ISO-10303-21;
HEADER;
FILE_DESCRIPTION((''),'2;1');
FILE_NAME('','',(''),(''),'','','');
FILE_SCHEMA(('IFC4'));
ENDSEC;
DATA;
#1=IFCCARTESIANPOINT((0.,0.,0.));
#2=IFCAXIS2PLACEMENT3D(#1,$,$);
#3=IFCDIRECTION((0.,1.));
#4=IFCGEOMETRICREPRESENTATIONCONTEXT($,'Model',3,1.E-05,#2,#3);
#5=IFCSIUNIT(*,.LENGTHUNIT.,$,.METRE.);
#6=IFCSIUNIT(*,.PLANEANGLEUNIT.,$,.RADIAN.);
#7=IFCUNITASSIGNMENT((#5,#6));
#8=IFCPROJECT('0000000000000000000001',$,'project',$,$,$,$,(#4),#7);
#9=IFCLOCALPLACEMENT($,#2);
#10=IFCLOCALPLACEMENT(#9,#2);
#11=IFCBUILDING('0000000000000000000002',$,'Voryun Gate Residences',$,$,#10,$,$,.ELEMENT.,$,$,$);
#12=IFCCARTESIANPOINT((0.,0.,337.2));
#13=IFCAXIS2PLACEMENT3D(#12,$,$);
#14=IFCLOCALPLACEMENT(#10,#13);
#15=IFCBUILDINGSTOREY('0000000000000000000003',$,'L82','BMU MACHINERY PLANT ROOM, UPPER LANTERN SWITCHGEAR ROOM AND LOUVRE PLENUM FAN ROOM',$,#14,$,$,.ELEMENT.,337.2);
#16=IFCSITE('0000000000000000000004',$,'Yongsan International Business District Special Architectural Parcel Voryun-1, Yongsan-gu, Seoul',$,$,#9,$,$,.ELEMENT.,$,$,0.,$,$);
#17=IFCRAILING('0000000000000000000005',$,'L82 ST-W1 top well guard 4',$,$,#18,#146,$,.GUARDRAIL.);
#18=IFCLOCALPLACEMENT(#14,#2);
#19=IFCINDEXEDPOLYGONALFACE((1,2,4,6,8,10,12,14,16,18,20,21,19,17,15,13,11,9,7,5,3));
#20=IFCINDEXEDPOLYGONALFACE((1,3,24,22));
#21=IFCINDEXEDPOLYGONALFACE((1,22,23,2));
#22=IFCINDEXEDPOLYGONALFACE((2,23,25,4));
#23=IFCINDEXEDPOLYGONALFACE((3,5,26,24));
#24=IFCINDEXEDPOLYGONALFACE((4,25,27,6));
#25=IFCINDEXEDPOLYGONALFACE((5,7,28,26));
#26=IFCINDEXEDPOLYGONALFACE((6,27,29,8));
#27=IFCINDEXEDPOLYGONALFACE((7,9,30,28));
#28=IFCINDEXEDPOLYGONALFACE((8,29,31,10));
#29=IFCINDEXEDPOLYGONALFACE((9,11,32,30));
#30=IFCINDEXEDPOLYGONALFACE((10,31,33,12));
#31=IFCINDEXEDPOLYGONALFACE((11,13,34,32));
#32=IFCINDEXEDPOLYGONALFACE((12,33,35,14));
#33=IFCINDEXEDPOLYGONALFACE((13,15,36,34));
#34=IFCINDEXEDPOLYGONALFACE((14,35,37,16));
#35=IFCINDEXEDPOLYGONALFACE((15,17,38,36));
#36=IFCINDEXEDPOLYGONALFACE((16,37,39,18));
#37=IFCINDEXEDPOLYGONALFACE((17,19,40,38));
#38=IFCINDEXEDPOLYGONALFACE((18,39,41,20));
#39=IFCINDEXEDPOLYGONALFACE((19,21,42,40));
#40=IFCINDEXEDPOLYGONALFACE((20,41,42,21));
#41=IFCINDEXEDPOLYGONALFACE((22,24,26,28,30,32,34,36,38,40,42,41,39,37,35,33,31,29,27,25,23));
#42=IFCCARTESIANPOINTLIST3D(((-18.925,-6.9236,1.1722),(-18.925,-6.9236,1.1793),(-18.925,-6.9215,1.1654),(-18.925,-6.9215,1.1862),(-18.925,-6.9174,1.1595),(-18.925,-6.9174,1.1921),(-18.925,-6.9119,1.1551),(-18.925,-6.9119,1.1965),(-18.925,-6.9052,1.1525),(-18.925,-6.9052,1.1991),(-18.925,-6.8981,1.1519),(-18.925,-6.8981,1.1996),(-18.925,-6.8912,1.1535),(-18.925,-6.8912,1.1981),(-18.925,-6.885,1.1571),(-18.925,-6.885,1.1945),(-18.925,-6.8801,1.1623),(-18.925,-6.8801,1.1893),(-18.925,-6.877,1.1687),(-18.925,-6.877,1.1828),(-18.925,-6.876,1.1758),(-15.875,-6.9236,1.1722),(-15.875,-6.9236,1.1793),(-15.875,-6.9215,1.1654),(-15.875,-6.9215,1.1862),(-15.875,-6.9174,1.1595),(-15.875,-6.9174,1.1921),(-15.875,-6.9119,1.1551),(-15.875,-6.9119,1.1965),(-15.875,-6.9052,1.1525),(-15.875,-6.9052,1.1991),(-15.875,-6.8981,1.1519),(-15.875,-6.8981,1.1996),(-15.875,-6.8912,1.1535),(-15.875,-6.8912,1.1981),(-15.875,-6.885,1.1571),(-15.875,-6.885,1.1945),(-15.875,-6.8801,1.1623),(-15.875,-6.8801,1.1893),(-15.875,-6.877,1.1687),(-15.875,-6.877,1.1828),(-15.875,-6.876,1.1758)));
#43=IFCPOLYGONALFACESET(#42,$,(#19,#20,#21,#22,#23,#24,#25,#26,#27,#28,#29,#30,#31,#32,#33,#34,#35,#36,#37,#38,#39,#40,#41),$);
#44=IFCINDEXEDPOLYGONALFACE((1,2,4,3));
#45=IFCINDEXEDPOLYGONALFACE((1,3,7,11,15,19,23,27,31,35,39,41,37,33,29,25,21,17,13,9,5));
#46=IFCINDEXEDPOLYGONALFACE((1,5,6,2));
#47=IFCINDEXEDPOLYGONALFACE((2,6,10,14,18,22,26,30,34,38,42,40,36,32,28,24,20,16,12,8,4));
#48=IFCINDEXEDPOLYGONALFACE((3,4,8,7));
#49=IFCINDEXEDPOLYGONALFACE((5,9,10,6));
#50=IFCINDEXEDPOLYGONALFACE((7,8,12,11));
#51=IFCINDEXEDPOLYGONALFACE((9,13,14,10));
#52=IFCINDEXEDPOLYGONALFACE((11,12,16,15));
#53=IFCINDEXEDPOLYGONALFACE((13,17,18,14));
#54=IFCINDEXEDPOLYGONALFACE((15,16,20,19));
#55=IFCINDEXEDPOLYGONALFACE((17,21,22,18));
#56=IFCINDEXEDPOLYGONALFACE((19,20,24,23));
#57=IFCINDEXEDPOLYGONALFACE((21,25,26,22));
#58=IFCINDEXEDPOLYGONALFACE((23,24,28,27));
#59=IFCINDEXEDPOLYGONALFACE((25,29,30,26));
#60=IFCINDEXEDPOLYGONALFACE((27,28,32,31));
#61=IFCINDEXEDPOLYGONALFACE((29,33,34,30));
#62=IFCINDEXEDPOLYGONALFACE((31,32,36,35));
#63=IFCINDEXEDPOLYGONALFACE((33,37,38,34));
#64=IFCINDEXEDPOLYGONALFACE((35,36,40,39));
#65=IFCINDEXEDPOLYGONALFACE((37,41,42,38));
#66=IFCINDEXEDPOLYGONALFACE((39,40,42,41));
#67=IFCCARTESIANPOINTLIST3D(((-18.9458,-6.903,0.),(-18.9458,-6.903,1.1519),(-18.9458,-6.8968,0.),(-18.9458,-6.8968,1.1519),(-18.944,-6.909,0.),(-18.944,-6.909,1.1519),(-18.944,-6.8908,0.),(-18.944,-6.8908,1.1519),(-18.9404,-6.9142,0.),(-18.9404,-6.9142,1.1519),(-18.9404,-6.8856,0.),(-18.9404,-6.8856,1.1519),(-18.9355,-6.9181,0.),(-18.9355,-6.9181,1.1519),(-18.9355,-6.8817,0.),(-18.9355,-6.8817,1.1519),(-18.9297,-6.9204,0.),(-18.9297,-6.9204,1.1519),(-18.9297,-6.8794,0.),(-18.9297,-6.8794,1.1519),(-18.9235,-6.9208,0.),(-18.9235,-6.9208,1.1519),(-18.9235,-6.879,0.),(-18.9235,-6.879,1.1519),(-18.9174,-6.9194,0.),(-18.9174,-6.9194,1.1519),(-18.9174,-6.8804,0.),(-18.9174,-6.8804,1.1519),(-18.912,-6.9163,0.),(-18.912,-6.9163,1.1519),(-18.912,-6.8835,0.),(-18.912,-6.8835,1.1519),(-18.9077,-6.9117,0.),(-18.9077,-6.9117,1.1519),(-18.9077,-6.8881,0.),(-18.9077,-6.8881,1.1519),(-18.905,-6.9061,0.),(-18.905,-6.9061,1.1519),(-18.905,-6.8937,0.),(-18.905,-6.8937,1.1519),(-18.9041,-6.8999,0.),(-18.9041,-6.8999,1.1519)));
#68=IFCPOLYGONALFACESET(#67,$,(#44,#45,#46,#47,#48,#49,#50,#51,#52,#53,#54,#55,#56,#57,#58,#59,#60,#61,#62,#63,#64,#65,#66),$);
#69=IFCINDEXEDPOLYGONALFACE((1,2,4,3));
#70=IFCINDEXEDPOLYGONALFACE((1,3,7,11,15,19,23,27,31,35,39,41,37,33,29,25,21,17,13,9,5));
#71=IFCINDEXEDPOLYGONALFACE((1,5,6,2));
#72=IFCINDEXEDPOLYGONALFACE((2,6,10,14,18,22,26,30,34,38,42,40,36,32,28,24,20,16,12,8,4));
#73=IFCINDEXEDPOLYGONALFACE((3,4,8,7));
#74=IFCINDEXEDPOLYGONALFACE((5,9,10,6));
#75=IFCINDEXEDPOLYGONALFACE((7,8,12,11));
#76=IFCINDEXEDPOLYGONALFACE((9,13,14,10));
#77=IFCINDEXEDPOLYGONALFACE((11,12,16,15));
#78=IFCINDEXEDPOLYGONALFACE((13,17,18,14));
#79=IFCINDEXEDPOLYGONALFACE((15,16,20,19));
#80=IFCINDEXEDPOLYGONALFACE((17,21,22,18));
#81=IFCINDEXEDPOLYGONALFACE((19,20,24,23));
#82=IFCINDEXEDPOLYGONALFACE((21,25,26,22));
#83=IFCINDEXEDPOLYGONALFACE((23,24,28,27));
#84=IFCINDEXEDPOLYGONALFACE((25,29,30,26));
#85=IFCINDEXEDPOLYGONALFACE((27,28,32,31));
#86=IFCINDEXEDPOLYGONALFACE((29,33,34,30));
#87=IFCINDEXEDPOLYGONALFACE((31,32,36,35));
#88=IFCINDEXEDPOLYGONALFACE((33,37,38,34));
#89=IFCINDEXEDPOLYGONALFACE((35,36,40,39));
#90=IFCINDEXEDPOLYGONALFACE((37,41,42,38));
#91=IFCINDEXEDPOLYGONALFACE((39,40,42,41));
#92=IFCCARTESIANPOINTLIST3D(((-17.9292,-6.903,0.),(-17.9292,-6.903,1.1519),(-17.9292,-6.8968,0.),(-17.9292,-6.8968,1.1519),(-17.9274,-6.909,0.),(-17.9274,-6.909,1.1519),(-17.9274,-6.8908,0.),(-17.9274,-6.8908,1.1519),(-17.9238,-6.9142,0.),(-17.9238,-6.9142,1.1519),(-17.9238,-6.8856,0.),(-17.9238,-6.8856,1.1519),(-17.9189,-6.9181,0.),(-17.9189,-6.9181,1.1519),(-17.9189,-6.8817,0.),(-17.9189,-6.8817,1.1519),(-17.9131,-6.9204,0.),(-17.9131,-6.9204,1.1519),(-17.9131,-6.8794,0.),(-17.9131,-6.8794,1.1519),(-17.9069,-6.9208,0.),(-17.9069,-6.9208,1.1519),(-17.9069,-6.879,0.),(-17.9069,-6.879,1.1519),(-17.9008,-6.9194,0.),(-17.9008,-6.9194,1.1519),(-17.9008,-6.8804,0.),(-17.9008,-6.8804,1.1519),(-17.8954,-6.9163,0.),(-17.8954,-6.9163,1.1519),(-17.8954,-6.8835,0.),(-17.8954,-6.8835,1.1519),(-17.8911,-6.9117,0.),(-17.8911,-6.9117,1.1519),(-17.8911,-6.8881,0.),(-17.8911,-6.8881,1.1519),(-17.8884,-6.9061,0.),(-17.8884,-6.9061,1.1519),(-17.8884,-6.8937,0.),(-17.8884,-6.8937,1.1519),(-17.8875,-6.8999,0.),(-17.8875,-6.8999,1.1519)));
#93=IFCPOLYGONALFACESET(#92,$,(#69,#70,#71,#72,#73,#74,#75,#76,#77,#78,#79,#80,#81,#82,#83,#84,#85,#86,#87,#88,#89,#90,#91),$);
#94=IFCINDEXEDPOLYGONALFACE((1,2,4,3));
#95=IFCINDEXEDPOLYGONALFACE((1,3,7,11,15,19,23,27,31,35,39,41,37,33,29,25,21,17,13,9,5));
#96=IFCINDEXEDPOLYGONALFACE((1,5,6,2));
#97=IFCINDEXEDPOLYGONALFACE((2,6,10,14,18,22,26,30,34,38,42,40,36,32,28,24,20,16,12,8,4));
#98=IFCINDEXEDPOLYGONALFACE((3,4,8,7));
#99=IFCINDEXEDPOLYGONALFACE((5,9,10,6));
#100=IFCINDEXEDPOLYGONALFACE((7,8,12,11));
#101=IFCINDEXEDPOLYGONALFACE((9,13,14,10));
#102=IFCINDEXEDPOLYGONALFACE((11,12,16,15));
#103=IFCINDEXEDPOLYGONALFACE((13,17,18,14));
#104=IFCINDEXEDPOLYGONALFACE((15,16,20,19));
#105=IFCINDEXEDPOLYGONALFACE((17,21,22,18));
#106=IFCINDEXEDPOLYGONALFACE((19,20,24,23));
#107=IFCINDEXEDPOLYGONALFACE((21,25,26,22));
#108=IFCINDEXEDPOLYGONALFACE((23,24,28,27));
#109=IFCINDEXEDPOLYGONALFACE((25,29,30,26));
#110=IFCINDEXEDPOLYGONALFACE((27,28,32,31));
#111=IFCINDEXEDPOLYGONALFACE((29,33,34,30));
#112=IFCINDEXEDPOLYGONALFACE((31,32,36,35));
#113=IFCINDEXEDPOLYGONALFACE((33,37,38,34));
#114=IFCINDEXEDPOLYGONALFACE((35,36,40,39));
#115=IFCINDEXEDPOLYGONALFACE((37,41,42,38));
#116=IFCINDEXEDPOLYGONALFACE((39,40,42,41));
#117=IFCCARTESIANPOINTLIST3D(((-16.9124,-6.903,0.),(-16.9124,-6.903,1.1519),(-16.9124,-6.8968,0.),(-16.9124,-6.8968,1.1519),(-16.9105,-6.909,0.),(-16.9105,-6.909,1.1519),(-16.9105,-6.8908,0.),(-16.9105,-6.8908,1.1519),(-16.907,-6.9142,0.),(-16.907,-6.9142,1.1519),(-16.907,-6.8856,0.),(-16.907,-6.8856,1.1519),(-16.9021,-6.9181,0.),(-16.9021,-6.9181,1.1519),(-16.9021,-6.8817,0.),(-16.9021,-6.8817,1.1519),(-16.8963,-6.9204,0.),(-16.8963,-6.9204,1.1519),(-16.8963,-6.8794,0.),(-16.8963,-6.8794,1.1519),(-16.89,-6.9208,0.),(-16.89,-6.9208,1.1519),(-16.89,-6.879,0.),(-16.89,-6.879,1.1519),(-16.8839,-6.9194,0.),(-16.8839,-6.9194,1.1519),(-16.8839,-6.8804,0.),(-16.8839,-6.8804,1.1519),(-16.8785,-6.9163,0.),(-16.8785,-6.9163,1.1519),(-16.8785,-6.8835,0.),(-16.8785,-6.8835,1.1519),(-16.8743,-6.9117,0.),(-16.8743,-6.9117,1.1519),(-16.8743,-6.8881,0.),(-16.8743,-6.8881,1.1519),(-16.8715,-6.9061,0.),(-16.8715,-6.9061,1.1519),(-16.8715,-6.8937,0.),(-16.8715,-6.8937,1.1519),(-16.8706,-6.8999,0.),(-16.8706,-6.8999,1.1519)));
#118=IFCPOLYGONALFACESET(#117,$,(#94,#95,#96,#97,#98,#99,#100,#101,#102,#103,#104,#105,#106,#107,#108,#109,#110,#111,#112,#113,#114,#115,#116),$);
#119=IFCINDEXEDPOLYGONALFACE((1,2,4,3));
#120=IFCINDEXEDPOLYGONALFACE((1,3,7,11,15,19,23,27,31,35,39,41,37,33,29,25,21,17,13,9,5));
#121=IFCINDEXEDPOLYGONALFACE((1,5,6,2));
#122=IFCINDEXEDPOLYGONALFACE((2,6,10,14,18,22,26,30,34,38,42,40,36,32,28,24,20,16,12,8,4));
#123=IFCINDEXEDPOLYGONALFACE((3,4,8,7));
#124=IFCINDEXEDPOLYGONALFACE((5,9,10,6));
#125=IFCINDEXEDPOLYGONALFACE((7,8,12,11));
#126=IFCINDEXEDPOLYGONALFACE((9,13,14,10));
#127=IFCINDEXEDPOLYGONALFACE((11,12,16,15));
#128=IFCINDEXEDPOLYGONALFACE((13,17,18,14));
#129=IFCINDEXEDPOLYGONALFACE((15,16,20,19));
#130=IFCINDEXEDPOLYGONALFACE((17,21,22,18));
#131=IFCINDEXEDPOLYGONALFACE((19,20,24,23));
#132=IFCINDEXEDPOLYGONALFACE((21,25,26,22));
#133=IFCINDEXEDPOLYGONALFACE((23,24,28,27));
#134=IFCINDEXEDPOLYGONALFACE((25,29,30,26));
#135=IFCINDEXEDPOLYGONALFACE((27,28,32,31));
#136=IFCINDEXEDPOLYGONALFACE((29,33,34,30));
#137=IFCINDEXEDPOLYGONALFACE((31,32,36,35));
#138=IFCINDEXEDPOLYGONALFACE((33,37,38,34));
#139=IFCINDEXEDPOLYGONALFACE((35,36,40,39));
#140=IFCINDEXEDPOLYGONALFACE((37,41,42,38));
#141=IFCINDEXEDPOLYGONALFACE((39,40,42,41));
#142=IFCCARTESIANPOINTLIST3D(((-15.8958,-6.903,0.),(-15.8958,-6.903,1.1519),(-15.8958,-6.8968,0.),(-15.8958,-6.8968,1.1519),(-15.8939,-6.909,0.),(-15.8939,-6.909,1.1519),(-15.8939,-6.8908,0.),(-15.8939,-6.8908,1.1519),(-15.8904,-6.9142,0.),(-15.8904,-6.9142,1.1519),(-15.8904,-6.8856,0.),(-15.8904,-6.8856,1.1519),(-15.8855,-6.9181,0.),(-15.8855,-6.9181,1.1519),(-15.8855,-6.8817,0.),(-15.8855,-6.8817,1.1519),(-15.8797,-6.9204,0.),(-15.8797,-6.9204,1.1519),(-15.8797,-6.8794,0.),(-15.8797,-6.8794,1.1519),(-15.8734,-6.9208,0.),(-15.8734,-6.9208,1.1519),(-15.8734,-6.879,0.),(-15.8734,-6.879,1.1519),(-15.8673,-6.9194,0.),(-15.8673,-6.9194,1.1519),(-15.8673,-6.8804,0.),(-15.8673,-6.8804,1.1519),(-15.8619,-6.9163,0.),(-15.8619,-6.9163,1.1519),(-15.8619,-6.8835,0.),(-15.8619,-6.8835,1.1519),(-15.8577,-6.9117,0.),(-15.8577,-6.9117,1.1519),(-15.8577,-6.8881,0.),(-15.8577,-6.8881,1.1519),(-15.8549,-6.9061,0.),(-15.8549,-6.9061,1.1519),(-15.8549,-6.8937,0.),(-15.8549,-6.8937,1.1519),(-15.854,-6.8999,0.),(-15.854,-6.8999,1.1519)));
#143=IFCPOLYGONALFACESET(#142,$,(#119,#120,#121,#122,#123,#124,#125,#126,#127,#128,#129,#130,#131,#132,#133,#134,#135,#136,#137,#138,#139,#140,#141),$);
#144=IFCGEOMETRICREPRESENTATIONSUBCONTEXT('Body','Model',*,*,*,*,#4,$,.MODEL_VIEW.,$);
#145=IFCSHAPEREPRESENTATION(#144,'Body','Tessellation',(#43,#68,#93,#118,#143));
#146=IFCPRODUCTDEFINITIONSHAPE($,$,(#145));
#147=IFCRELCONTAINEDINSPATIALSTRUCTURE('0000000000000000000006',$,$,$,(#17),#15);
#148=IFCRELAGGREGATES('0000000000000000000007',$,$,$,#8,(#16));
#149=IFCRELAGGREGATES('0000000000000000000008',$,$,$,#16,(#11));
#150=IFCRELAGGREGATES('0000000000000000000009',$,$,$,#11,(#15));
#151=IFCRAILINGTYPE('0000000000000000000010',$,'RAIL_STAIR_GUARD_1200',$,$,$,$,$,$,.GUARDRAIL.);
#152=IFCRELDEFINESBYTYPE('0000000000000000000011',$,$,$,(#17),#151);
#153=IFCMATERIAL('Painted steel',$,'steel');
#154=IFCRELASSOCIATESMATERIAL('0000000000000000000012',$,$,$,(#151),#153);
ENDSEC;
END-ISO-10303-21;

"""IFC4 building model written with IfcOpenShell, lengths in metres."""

from ifc_helpers import new_model, si_unit, direction, frame, origin, origin_2d, place, context, subcontext, project, spatial, circle, extrude, material, type_object, element, save


model = new_model("IFC4")

# Units and contexts
model_context = context("Model", 3, precision=1e-05, world=origin(), true_north=direction((0.0, 1.0)))
body_context = subcontext(model_context, "Body", "Model", "MODEL_VIEW")
ifc_project = project(units=[si_unit("LENGTHUNIT", "METRE"), si_unit("PLANEANGLEUNIT", "RADIAN")], contexts=[model_context])

# Site, building, storey
site_placement = place(None, origin())
site = spatial("IfcSite", under=ifc_project, at=site_placement, Name="Yongsan International Business District Special Architectural Parcel Voryun-1, Yongsan-gu, Seoul", CompositionType="ELEMENT", RefElevation=0.0)
building_placement = place(site_placement, origin())
building = spatial("IfcBuilding", under=site, at=building_placement, Name="Voryun Gate Residences", CompositionType="ELEMENT")
storey_placement = place(building_placement, frame((0.0, 0.0, 337.2)))
storey = spatial("IfcBuildingStorey", under=building, at=storey_placement, Name="L82", Description="BMU MACHINERY PLANT ROOM, UPPER LANTERN SWITCHGEAR ROOM AND LOUVRE PLENUM FAN ROOM", CompositionType="ELEMENT", Elevation=337.2)

# Railing
ifc_material_1 = material(Name="Painted steel", Category="steel")
railing_type = type_object("IfcRailingType", Name="RAIL_STAIR_GUARD_1200", PredefinedType="GUARDRAIL", material=ifc_material_1)
railing_1_placement = place(storey_placement, frame((-18.925, -6.8999, 0.0)))
element("IfcRailing", 1, at=railing_1_placement, inside=storey, type_object=railing_type, Name="L82 ST-W1 top well guard 4", PredefinedType="GUARDRAIL", context=body_context, shape_type="SweptSolid", body=[
    extrude(circle(Radius=0.0239, at=origin_2d()), frame((0.0, 0.0, 1.1758), z_axis=(1.0, 0.0, 0.0), x_axis=(0.0, 1.0, 0.0)), (0.0, 0.0, 1.0), 3.05),
    extrude(circle(Radius=0.021, at=origin_2d()), origin(), (0.0, 0.0, 1.0), 1.1519),
    extrude(circle(Radius=0.021, at=origin_2d()), frame((1.0166, 0.0, 0.0)), (0.0, 0.0, 1.0), 1.1519),
    extrude(circle(Radius=0.021, at=origin_2d()), frame((2.0334, 0.0, 0.0)), (0.0, 0.0, 1.0), 1.1519),
    extrude(circle(Radius=0.021, at=origin_2d()), frame((3.05, 0.0, 0.0)), (0.0, 0.0, 1.0), 1.1519),
])

save(model, "model.ifc")
